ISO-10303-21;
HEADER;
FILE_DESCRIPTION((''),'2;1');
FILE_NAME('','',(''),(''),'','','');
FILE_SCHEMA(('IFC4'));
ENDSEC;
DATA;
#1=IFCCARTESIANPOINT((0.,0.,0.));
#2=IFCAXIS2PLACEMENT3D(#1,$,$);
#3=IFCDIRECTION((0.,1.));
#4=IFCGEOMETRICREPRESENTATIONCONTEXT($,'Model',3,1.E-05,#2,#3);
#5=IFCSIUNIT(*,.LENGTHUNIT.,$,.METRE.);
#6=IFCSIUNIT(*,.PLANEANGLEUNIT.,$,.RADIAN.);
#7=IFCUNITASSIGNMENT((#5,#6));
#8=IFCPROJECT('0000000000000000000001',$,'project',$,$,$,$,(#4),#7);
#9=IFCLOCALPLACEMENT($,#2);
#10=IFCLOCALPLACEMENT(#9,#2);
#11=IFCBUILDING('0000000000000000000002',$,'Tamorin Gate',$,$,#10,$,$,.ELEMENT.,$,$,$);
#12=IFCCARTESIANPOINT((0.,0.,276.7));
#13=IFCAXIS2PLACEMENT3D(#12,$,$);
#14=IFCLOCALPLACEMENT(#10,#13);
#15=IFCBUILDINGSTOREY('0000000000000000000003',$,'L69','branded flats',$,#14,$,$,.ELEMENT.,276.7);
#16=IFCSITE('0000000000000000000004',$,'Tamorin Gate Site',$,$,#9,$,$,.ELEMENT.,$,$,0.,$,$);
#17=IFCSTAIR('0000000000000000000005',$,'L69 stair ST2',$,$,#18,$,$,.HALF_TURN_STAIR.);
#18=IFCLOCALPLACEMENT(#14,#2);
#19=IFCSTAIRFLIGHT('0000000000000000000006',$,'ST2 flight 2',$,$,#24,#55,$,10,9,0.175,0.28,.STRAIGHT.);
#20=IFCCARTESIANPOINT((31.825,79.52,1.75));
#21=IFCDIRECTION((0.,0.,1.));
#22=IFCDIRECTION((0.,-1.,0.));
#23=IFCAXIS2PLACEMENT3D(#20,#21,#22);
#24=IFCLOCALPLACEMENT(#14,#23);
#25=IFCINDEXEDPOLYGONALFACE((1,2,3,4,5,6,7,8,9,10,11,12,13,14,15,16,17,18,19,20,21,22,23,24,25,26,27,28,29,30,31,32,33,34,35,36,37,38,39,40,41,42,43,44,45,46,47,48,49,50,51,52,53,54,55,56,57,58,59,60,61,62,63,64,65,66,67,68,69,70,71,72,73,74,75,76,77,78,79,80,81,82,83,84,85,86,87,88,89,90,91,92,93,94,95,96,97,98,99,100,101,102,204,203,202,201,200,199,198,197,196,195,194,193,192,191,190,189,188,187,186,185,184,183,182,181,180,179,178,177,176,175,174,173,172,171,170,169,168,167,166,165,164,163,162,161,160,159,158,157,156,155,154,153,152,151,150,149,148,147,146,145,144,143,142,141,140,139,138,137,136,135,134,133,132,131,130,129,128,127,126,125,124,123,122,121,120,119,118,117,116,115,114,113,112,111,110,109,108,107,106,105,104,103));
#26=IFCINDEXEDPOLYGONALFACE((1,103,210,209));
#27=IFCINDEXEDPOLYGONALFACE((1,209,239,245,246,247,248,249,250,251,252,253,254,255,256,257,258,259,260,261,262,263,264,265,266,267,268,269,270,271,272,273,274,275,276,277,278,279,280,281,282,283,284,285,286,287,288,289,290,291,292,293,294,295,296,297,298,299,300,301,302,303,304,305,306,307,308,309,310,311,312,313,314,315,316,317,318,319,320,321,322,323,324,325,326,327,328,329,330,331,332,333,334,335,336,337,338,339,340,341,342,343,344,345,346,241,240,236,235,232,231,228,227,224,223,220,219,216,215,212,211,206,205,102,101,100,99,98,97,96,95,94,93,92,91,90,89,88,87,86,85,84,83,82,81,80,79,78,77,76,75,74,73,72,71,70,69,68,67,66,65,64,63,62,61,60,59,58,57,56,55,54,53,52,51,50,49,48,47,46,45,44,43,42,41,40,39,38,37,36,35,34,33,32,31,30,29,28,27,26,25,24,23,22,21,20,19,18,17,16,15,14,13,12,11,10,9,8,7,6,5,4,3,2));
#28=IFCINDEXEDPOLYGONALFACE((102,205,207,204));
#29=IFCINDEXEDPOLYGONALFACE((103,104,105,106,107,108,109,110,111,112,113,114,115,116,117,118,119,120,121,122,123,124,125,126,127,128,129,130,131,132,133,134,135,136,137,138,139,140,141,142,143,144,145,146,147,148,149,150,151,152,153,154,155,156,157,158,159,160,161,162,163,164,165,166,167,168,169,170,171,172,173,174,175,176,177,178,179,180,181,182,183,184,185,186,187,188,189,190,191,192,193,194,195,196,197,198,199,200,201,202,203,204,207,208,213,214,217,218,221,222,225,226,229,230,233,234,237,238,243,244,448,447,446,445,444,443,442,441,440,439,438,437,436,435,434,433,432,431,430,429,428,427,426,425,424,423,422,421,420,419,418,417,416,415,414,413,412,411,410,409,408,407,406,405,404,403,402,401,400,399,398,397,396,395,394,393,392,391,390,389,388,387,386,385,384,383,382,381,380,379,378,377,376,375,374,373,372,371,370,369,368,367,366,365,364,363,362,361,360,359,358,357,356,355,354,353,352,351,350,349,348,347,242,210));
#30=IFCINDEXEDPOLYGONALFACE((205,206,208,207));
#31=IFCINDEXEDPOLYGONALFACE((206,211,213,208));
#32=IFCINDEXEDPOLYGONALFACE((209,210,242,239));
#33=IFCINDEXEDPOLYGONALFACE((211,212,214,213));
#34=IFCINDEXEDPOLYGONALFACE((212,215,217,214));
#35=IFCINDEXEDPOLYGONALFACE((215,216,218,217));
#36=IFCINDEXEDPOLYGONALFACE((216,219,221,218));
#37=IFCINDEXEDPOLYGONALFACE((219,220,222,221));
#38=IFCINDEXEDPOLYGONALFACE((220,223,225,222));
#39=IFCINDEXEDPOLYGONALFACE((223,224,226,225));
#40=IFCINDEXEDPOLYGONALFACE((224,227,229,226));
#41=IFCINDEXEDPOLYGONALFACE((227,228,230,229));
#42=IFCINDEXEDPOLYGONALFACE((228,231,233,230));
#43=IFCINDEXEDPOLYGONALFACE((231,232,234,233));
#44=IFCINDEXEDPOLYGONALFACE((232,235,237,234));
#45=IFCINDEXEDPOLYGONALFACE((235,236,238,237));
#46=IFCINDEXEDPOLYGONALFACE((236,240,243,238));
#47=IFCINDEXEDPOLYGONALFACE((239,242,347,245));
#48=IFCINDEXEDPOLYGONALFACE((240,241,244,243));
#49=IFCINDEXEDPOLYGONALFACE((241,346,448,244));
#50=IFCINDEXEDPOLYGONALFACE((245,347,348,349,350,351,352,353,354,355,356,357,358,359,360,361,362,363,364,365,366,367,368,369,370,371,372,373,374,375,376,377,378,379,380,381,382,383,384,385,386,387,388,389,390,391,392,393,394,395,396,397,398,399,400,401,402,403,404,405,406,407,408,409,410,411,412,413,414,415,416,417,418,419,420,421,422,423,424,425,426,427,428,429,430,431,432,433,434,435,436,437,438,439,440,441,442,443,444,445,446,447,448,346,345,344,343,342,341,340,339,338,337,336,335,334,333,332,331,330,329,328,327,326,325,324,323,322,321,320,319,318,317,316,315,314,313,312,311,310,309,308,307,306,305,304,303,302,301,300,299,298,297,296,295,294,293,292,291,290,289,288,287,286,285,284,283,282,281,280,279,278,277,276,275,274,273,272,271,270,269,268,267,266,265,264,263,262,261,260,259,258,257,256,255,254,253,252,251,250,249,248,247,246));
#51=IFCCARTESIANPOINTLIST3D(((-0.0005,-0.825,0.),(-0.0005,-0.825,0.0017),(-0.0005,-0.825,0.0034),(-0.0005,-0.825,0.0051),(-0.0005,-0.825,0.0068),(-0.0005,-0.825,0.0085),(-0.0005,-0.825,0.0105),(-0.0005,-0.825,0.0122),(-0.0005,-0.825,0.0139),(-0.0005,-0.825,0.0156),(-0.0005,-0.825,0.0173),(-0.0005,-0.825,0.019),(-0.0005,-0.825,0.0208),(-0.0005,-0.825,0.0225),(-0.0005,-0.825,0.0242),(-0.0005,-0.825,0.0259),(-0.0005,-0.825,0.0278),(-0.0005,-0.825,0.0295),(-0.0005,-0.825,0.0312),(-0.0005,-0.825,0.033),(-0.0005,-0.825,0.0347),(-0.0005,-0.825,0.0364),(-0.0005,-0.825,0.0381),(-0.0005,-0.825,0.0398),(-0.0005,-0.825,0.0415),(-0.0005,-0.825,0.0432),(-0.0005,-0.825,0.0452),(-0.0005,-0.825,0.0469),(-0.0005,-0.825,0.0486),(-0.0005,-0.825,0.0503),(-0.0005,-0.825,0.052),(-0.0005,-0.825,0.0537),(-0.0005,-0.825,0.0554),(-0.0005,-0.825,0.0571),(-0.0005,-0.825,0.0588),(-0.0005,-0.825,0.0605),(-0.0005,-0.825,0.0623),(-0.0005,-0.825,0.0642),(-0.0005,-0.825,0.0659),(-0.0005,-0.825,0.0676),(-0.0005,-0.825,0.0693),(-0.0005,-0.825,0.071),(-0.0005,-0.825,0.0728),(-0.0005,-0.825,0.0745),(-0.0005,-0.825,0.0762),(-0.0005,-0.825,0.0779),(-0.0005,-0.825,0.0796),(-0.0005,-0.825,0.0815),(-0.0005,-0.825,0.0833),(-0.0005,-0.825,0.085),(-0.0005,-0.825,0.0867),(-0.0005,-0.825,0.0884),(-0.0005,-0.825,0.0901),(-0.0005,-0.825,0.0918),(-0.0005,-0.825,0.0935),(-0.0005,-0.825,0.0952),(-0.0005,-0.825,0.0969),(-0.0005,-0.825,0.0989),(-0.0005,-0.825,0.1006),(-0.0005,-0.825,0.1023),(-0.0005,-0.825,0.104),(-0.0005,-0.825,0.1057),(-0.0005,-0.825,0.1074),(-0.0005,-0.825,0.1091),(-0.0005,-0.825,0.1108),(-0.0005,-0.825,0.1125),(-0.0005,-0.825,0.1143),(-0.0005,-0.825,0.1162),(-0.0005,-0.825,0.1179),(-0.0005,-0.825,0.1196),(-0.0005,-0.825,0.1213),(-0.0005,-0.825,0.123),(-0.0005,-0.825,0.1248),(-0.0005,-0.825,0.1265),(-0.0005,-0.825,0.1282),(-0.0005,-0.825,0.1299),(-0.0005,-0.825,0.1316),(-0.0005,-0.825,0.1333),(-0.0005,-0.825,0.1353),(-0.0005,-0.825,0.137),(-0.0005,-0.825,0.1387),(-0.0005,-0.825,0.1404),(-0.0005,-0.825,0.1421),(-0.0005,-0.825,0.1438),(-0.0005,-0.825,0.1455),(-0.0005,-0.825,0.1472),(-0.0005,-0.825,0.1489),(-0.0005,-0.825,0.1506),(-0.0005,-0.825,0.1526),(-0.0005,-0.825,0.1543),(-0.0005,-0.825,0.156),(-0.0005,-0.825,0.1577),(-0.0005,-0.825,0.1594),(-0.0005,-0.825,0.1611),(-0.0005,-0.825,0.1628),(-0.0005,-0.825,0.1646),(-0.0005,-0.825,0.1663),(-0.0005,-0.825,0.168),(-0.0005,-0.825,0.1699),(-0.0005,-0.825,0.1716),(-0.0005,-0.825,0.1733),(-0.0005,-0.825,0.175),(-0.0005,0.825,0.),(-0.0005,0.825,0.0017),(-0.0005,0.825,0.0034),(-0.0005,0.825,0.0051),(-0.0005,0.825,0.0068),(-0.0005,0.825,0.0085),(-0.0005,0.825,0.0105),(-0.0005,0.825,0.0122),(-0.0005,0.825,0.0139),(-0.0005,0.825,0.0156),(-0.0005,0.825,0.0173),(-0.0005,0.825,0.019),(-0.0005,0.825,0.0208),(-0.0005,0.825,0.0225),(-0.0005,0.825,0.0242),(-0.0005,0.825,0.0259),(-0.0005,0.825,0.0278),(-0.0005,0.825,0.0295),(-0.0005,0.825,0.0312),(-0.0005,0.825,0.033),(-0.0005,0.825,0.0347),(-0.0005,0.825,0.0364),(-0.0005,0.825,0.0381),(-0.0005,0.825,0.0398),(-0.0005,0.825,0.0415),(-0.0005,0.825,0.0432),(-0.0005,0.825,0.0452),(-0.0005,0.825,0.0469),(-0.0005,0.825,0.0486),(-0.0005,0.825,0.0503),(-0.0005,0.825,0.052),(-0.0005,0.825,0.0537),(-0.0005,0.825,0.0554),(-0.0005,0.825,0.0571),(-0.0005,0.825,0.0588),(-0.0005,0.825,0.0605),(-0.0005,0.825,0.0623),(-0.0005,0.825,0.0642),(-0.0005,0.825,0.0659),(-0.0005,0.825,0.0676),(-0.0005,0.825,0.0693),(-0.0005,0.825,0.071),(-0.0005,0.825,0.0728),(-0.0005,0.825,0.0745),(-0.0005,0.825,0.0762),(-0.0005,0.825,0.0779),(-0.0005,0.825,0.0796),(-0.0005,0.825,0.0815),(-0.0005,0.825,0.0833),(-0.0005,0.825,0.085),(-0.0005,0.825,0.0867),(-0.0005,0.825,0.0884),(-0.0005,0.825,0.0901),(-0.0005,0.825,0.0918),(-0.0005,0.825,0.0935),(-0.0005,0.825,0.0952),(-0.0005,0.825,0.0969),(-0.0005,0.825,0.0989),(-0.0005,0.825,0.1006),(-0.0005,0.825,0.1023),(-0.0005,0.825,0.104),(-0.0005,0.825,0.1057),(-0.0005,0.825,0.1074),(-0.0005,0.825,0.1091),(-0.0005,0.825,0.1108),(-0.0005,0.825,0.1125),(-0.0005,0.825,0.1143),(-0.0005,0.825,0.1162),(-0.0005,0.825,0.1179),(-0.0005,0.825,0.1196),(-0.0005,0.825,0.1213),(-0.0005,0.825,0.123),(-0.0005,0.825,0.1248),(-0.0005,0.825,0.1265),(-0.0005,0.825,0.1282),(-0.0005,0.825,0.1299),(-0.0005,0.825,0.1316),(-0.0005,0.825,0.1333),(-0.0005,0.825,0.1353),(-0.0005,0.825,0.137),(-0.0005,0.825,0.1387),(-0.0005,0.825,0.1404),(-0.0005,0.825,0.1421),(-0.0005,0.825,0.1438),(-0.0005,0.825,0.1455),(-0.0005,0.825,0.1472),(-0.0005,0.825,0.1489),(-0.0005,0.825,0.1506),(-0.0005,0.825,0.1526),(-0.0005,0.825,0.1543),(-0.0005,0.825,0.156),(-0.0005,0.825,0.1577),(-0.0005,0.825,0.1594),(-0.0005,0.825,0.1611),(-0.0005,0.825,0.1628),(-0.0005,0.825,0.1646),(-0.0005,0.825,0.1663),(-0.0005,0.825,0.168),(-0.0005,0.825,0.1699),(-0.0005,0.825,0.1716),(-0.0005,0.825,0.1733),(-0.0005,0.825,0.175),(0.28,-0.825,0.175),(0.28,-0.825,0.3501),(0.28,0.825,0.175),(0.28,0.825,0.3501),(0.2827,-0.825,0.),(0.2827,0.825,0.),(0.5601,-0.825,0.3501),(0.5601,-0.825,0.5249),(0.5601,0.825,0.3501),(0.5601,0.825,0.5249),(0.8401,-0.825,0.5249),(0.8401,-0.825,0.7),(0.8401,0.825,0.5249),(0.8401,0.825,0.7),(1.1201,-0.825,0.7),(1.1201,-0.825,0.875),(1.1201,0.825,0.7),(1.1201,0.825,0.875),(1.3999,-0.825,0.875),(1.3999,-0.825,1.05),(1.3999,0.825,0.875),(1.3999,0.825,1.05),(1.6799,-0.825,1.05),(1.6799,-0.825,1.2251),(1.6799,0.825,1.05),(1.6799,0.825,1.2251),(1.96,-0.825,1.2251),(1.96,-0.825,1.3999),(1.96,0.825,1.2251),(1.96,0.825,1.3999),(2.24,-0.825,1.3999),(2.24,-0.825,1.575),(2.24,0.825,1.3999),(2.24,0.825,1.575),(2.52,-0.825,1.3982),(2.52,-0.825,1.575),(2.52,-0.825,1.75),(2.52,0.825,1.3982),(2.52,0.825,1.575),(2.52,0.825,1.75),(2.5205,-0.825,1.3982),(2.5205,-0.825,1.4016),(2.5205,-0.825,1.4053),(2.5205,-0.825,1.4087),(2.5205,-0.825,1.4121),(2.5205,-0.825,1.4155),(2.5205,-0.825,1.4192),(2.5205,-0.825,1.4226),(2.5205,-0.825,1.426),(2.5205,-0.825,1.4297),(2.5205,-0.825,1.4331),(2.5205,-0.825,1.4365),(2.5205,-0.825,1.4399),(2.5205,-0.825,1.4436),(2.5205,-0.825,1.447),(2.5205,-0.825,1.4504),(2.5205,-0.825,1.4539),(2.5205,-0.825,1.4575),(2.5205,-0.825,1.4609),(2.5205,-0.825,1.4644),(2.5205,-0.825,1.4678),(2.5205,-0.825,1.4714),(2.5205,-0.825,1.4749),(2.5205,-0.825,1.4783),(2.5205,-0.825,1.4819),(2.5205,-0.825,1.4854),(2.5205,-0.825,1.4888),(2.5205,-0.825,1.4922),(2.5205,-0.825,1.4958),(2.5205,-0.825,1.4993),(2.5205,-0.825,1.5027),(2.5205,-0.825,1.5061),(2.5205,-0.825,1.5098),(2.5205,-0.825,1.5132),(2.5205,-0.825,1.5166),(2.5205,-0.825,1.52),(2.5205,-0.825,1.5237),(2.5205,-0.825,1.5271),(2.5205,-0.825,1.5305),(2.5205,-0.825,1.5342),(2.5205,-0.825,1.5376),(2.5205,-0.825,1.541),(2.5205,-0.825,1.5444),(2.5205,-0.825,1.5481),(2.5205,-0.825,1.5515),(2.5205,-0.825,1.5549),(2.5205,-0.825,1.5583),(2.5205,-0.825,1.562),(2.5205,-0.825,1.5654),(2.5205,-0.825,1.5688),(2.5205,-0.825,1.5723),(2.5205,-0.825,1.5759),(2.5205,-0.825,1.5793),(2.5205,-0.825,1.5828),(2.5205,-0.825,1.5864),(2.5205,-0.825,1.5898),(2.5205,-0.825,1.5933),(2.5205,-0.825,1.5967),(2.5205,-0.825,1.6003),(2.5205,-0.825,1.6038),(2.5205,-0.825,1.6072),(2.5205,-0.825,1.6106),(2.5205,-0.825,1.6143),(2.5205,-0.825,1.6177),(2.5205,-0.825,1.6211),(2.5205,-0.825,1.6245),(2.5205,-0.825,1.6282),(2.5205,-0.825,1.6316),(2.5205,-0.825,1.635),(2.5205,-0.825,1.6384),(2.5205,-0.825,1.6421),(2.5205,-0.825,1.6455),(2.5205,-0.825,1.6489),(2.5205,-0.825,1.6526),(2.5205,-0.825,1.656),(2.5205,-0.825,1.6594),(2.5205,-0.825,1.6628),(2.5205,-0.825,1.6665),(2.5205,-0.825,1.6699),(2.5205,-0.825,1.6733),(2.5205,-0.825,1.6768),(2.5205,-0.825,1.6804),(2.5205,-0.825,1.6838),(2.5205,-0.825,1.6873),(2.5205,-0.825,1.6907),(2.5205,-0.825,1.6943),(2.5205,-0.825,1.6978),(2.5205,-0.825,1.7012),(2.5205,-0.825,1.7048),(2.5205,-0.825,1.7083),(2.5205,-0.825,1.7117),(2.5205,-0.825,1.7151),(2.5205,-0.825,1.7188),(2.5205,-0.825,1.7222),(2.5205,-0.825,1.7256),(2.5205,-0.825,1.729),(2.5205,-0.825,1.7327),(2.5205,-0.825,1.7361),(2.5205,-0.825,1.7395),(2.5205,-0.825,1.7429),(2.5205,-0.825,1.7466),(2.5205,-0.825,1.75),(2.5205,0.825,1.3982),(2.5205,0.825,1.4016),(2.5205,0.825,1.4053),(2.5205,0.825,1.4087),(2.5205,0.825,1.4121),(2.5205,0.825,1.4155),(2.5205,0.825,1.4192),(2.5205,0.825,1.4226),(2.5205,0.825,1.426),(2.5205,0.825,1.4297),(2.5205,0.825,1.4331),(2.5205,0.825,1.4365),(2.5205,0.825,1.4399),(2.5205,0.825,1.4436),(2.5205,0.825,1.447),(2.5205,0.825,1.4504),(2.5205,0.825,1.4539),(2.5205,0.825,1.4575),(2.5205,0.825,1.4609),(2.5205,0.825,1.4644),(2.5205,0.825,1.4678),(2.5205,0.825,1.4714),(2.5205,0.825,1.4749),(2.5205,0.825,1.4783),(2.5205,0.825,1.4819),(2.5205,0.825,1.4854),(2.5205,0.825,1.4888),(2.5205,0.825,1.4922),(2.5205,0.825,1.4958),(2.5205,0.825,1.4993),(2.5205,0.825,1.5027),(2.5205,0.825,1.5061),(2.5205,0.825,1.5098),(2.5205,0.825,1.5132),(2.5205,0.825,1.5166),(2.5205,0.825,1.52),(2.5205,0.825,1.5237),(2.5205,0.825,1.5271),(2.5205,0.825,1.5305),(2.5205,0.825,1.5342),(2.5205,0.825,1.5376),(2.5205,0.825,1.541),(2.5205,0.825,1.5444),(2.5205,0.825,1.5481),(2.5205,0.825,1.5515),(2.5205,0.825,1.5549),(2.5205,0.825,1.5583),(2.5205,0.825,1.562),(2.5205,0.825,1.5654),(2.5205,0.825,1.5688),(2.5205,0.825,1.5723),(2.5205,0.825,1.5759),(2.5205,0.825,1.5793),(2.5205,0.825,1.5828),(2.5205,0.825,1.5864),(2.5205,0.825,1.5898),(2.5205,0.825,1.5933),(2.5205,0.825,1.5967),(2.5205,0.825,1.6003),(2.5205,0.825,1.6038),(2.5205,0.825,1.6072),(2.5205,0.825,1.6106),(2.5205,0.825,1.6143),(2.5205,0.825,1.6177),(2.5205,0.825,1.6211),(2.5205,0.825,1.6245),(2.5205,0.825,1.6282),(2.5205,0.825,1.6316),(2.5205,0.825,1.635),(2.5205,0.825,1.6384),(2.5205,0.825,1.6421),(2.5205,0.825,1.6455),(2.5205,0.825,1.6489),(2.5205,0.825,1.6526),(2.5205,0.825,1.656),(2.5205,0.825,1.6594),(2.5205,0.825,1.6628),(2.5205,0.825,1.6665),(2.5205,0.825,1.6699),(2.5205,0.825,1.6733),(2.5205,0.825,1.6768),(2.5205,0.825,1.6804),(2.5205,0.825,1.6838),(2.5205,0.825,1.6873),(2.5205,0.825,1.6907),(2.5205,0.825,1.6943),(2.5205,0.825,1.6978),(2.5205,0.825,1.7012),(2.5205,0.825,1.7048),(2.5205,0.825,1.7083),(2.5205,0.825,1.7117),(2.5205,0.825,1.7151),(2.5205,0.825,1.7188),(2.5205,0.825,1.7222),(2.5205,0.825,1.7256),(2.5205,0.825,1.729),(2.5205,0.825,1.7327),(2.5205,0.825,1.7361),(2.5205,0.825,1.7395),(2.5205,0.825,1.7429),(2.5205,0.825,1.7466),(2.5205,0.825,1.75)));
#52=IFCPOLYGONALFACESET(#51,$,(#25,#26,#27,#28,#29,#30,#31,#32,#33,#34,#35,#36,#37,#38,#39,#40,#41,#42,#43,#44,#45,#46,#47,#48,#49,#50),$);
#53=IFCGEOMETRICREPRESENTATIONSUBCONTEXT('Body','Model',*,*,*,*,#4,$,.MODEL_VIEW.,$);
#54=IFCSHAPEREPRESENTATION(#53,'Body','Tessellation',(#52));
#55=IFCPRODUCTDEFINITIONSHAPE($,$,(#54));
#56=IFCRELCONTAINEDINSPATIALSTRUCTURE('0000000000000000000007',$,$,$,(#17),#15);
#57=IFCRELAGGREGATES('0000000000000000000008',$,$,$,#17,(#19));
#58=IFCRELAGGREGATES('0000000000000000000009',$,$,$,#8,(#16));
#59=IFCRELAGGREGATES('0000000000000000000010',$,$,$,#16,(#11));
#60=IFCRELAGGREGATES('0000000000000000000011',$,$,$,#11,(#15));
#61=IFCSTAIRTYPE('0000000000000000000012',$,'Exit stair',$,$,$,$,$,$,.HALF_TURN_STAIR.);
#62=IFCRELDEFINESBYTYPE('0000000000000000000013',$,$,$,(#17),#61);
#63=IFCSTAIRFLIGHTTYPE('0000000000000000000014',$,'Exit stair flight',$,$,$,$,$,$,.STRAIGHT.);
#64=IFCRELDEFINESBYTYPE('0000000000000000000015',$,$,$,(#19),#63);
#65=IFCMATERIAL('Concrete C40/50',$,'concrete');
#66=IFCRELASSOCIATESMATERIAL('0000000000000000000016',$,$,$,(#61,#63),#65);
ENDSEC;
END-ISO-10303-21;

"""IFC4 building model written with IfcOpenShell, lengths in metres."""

from ifc_helpers import new_model, si_unit, direction, frame, origin, place, context, subcontext, project, spatial, polyline, outline, extrude, material, type_object, element, aggregate, save


model = new_model("IFC4")

# Units and contexts
model_context = context("Model", 3, precision=1e-05, world=origin(), true_north=direction((0.0, 1.0)))
body_context = subcontext(model_context, "Body", "Model", "MODEL_VIEW")
ifc_project = project(units=[si_unit("LENGTHUNIT", "METRE"), si_unit("PLANEANGLEUNIT", "RADIAN")], contexts=[model_context])

# Site, building, storey
site_placement = place(None, origin())
site = spatial("IfcSite", under=ifc_project, at=site_placement, Name="Tamorin Gate Site", CompositionType="ELEMENT", RefElevation=0.0)
building_placement = place(site_placement, origin())
building = spatial("IfcBuilding", under=site, at=building_placement, Name="Tamorin Gate", CompositionType="ELEMENT")
storey_placement = place(building_placement, frame((0.0, 0.0, 276.7)))
storey = spatial("IfcBuildingStorey", under=building, at=storey_placement, Name="L69", Description="branded flats", CompositionType="ELEMENT", Elevation=276.7)

# Stair, stair flight
ifc_material_1 = material(Name="Concrete C40/50", Category="concrete")
stair_type = type_object("IfcStairType", Name="Exit stair", PredefinedType="HALF_TURN_STAIR", material=ifc_material_1)
stair_placement = place(storey_placement, origin())
stair = element("IfcStair", 1, at=stair_placement, inside=storey, type_object=stair_type, Name="L69 stair ST2", PredefinedType="HALF_TURN_STAIR")
stair_flight_type = type_object("IfcStairFlightType", Name="Exit stair flight", PredefinedType="STRAIGHT", material=ifc_material_1)
stair_flight_placement = place(storey_placement, frame((31.825, 79.52, 1.75), z_axis=(0.0, 0.0, 1.0), x_axis=(0.0, -1.0, 0.0)))
stair_flight = element("IfcStairFlight", 2, at=stair_flight_placement, type_object=stair_flight_type, Name="ST2 flight 2", NumberOfRisers=10, NumberOfTreads=9, PredefinedType="STRAIGHT", RiserHeight=0.175, TreadLength=0.28, context=body_context, shape_type="SweptSolid", body=[
    extrude(outline(polyline([(-0.0005, 0.0), (-0.0005, 0.0017), (-0.0005, 0.0034), (-0.0005, 0.0051), (-0.0005, 0.0068), (-0.0005, 0.0085), (-0.0005, 0.0105), (-0.0005, 0.0122), (-0.0005, 0.0139), (-0.0005, 0.0156), (-0.0005, 0.0173), (-0.0005, 0.019), (-0.0005, 0.0208), (-0.0005, 0.0225), (-0.0005, 0.0242), (-0.0005, 0.0259), (-0.0005, 0.0278), (-0.0005, 0.0295), (-0.0005, 0.0312), (-0.0005, 0.033), (-0.0005, 0.0347), (-0.0005, 0.0364), (-0.0005, 0.0381), (-0.0005, 0.0398), (-0.0005, 0.0415), (-0.0005, 0.0432), (-0.0005, 0.0452), (-0.0005, 0.0469), (-0.0005, 0.0486), (-0.0005, 0.0503), (-0.0005, 0.052), (-0.0005, 0.0537), (-0.0005, 0.0554), (-0.0005, 0.0571), (-0.0005, 0.0588), (-0.0005, 0.0605), (-0.0005, 0.0623), (-0.0005, 0.0642), (-0.0005, 0.0659), (-0.0005, 0.0676), (-0.0005, 0.0693), (-0.0005, 0.071), (-0.0005, 0.0728), (-0.0005, 0.0745), (-0.0005, 0.0762), (-0.0005, 0.0779), (-0.0005, 0.0796), (-0.0005, 0.0815), (-0.0005, 0.0833), (-0.0005, 0.085), (-0.0005, 0.0867), (-0.0005, 0.0884), (-0.0005, 0.0901), (-0.0005, 0.0918), (-0.0005, 0.0935), (-0.0005, 0.0952), (-0.0005, 0.0969), (-0.0005, 0.0989), (-0.0005, 0.1006), (-0.0005, 0.1023), (-0.0005, 0.104), (-0.0005, 0.1057), (-0.0005, 0.1074), (-0.0005, 0.1091), (-0.0005, 0.1108), (-0.0005, 0.1125), (-0.0005, 0.1143), (-0.0005, 0.1162), (-0.0005, 0.1179), (-0.0005, 0.1196), (-0.0005, 0.1213), (-0.0005, 0.123), (-0.0005, 0.1248), (-0.0005, 0.1265), (-0.0005, 0.1282), (-0.0005, 0.1299), (-0.0005, 0.1316), (-0.0005, 0.1333), (-0.0005, 0.1353), (-0.0005, 0.137), (-0.0005, 0.1387), (-0.0005, 0.1404), (-0.0005, 0.1421), (-0.0005, 0.1438), (-0.0005, 0.1455), (-0.0005, 0.1472), (-0.0005, 0.1489), (-0.0005, 0.1506), (-0.0005, 0.1526), (-0.0005, 0.1543), (-0.0005, 0.156), (-0.0005, 0.1577), (-0.0005, 0.1594), (-0.0005, 0.1611), (-0.0005, 0.1628), (-0.0005, 0.1646), (-0.0005, 0.1663), (-0.0005, 0.168), (-0.0005, 0.1699), (-0.0005, 0.1716), (-0.0005, 0.1733), (-0.0005, 0.175), (0.28, 0.175), (0.28, 0.3501), (0.5601, 0.3501), (0.5601, 0.5249), (0.8401, 0.5249), (0.8401, 0.7), (1.1201, 0.7), (1.1201, 0.875), (1.3999, 0.875), (1.3999, 1.05), (1.6799, 1.05), (1.6799, 1.2251), (1.96, 1.2251), (1.96, 1.3999), (2.24, 1.3999), (2.24, 1.575), (2.52, 1.575), (2.52, 1.75), (2.5205, 1.75), (2.5205, 1.7466), (2.5205, 1.7429), (2.5205, 1.7395), (2.5205, 1.7361), (2.5205, 1.7327), (2.5205, 1.729), (2.5205, 1.7256), (2.5205, 1.7222), (2.5205, 1.7188), (2.5205, 1.7151), (2.5205, 1.7117), (2.5205, 1.7083), (2.5205, 1.7048), (2.5205, 1.7012), (2.5205, 1.6978), (2.5205, 1.6943), (2.5205, 1.6907), (2.5205, 1.6873), (2.5205, 1.6838), (2.5205, 1.6804), (2.5205, 1.6768), (2.5205, 1.6733), (2.5205, 1.6699), (2.5205, 1.6665), (2.5205, 1.6628), (2.5205, 1.6594), (2.5205, 1.656), (2.5205, 1.6526), (2.5205, 1.6489), (2.5205, 1.6455), (2.5205, 1.6421), (2.5205, 1.6384), (2.5205, 1.635), (2.5205, 1.6316), (2.5205, 1.6282), (2.5205, 1.6245), (2.5205, 1.6211), (2.5205, 1.6177), (2.5205, 1.6143), (2.5205, 1.6106), (2.5205, 1.6072), (2.5205, 1.6038), (2.5205, 1.6003), (2.5205, 1.5967), (2.5205, 1.5933), (2.5205, 1.5898), (2.5205, 1.5864), (2.5205, 1.5828), (2.5205, 1.5793), (2.5205, 1.5759), (2.5205, 1.5723), (2.5205, 1.5688), (2.5205, 1.5654), (2.5205, 1.562), (2.5205, 1.5583), (2.5205, 1.5549), (2.5205, 1.5515), (2.5205, 1.5481), (2.5205, 1.5444), (2.5205, 1.541), (2.5205, 1.5376), (2.5205, 1.5342), (2.5205, 1.5305), (2.5205, 1.5271), (2.5205, 1.5237), (2.5205, 1.52), (2.5205, 1.5166), (2.5205, 1.5132), (2.5205, 1.5098), (2.5205, 1.5061), (2.5205, 1.5027), (2.5205, 1.4993), (2.5205, 1.4958), (2.5205, 1.4922), (2.5205, 1.4888), (2.5205, 1.4854), (2.5205, 1.4819), (2.5205, 1.4783), (2.5205, 1.4749), (2.5205, 1.4714), (2.5205, 1.4678), (2.5205, 1.4644), (2.5205, 1.4609), (2.5205, 1.4575), (2.5205, 1.4539), (2.5205, 1.4504), (2.5205, 1.447), (2.5205, 1.4436), (2.5205, 1.4399), (2.5205, 1.4365), (2.5205, 1.4331), (2.5205, 1.4297), (2.5205, 1.426), (2.5205, 1.4226), (2.5205, 1.4192), (2.5205, 1.4155), (2.5205, 1.4121), (2.5205, 1.4087), (2.5205, 1.4053), (2.5205, 1.4016), (2.5205, 1.3982), (2.52, 1.3982), (0.2827, 0.0), (-0.0005, 0.0)])), frame((0.0, 0.825, 0.0), z_axis=(0.0, -1.0, 0.0), x_axis=(1.0, 0.0, 0.0)), (0.0, 0.0, 1.0), 1.6499),
])
aggregate(stair, [stair_flight])

save(model, "model.ifc")
